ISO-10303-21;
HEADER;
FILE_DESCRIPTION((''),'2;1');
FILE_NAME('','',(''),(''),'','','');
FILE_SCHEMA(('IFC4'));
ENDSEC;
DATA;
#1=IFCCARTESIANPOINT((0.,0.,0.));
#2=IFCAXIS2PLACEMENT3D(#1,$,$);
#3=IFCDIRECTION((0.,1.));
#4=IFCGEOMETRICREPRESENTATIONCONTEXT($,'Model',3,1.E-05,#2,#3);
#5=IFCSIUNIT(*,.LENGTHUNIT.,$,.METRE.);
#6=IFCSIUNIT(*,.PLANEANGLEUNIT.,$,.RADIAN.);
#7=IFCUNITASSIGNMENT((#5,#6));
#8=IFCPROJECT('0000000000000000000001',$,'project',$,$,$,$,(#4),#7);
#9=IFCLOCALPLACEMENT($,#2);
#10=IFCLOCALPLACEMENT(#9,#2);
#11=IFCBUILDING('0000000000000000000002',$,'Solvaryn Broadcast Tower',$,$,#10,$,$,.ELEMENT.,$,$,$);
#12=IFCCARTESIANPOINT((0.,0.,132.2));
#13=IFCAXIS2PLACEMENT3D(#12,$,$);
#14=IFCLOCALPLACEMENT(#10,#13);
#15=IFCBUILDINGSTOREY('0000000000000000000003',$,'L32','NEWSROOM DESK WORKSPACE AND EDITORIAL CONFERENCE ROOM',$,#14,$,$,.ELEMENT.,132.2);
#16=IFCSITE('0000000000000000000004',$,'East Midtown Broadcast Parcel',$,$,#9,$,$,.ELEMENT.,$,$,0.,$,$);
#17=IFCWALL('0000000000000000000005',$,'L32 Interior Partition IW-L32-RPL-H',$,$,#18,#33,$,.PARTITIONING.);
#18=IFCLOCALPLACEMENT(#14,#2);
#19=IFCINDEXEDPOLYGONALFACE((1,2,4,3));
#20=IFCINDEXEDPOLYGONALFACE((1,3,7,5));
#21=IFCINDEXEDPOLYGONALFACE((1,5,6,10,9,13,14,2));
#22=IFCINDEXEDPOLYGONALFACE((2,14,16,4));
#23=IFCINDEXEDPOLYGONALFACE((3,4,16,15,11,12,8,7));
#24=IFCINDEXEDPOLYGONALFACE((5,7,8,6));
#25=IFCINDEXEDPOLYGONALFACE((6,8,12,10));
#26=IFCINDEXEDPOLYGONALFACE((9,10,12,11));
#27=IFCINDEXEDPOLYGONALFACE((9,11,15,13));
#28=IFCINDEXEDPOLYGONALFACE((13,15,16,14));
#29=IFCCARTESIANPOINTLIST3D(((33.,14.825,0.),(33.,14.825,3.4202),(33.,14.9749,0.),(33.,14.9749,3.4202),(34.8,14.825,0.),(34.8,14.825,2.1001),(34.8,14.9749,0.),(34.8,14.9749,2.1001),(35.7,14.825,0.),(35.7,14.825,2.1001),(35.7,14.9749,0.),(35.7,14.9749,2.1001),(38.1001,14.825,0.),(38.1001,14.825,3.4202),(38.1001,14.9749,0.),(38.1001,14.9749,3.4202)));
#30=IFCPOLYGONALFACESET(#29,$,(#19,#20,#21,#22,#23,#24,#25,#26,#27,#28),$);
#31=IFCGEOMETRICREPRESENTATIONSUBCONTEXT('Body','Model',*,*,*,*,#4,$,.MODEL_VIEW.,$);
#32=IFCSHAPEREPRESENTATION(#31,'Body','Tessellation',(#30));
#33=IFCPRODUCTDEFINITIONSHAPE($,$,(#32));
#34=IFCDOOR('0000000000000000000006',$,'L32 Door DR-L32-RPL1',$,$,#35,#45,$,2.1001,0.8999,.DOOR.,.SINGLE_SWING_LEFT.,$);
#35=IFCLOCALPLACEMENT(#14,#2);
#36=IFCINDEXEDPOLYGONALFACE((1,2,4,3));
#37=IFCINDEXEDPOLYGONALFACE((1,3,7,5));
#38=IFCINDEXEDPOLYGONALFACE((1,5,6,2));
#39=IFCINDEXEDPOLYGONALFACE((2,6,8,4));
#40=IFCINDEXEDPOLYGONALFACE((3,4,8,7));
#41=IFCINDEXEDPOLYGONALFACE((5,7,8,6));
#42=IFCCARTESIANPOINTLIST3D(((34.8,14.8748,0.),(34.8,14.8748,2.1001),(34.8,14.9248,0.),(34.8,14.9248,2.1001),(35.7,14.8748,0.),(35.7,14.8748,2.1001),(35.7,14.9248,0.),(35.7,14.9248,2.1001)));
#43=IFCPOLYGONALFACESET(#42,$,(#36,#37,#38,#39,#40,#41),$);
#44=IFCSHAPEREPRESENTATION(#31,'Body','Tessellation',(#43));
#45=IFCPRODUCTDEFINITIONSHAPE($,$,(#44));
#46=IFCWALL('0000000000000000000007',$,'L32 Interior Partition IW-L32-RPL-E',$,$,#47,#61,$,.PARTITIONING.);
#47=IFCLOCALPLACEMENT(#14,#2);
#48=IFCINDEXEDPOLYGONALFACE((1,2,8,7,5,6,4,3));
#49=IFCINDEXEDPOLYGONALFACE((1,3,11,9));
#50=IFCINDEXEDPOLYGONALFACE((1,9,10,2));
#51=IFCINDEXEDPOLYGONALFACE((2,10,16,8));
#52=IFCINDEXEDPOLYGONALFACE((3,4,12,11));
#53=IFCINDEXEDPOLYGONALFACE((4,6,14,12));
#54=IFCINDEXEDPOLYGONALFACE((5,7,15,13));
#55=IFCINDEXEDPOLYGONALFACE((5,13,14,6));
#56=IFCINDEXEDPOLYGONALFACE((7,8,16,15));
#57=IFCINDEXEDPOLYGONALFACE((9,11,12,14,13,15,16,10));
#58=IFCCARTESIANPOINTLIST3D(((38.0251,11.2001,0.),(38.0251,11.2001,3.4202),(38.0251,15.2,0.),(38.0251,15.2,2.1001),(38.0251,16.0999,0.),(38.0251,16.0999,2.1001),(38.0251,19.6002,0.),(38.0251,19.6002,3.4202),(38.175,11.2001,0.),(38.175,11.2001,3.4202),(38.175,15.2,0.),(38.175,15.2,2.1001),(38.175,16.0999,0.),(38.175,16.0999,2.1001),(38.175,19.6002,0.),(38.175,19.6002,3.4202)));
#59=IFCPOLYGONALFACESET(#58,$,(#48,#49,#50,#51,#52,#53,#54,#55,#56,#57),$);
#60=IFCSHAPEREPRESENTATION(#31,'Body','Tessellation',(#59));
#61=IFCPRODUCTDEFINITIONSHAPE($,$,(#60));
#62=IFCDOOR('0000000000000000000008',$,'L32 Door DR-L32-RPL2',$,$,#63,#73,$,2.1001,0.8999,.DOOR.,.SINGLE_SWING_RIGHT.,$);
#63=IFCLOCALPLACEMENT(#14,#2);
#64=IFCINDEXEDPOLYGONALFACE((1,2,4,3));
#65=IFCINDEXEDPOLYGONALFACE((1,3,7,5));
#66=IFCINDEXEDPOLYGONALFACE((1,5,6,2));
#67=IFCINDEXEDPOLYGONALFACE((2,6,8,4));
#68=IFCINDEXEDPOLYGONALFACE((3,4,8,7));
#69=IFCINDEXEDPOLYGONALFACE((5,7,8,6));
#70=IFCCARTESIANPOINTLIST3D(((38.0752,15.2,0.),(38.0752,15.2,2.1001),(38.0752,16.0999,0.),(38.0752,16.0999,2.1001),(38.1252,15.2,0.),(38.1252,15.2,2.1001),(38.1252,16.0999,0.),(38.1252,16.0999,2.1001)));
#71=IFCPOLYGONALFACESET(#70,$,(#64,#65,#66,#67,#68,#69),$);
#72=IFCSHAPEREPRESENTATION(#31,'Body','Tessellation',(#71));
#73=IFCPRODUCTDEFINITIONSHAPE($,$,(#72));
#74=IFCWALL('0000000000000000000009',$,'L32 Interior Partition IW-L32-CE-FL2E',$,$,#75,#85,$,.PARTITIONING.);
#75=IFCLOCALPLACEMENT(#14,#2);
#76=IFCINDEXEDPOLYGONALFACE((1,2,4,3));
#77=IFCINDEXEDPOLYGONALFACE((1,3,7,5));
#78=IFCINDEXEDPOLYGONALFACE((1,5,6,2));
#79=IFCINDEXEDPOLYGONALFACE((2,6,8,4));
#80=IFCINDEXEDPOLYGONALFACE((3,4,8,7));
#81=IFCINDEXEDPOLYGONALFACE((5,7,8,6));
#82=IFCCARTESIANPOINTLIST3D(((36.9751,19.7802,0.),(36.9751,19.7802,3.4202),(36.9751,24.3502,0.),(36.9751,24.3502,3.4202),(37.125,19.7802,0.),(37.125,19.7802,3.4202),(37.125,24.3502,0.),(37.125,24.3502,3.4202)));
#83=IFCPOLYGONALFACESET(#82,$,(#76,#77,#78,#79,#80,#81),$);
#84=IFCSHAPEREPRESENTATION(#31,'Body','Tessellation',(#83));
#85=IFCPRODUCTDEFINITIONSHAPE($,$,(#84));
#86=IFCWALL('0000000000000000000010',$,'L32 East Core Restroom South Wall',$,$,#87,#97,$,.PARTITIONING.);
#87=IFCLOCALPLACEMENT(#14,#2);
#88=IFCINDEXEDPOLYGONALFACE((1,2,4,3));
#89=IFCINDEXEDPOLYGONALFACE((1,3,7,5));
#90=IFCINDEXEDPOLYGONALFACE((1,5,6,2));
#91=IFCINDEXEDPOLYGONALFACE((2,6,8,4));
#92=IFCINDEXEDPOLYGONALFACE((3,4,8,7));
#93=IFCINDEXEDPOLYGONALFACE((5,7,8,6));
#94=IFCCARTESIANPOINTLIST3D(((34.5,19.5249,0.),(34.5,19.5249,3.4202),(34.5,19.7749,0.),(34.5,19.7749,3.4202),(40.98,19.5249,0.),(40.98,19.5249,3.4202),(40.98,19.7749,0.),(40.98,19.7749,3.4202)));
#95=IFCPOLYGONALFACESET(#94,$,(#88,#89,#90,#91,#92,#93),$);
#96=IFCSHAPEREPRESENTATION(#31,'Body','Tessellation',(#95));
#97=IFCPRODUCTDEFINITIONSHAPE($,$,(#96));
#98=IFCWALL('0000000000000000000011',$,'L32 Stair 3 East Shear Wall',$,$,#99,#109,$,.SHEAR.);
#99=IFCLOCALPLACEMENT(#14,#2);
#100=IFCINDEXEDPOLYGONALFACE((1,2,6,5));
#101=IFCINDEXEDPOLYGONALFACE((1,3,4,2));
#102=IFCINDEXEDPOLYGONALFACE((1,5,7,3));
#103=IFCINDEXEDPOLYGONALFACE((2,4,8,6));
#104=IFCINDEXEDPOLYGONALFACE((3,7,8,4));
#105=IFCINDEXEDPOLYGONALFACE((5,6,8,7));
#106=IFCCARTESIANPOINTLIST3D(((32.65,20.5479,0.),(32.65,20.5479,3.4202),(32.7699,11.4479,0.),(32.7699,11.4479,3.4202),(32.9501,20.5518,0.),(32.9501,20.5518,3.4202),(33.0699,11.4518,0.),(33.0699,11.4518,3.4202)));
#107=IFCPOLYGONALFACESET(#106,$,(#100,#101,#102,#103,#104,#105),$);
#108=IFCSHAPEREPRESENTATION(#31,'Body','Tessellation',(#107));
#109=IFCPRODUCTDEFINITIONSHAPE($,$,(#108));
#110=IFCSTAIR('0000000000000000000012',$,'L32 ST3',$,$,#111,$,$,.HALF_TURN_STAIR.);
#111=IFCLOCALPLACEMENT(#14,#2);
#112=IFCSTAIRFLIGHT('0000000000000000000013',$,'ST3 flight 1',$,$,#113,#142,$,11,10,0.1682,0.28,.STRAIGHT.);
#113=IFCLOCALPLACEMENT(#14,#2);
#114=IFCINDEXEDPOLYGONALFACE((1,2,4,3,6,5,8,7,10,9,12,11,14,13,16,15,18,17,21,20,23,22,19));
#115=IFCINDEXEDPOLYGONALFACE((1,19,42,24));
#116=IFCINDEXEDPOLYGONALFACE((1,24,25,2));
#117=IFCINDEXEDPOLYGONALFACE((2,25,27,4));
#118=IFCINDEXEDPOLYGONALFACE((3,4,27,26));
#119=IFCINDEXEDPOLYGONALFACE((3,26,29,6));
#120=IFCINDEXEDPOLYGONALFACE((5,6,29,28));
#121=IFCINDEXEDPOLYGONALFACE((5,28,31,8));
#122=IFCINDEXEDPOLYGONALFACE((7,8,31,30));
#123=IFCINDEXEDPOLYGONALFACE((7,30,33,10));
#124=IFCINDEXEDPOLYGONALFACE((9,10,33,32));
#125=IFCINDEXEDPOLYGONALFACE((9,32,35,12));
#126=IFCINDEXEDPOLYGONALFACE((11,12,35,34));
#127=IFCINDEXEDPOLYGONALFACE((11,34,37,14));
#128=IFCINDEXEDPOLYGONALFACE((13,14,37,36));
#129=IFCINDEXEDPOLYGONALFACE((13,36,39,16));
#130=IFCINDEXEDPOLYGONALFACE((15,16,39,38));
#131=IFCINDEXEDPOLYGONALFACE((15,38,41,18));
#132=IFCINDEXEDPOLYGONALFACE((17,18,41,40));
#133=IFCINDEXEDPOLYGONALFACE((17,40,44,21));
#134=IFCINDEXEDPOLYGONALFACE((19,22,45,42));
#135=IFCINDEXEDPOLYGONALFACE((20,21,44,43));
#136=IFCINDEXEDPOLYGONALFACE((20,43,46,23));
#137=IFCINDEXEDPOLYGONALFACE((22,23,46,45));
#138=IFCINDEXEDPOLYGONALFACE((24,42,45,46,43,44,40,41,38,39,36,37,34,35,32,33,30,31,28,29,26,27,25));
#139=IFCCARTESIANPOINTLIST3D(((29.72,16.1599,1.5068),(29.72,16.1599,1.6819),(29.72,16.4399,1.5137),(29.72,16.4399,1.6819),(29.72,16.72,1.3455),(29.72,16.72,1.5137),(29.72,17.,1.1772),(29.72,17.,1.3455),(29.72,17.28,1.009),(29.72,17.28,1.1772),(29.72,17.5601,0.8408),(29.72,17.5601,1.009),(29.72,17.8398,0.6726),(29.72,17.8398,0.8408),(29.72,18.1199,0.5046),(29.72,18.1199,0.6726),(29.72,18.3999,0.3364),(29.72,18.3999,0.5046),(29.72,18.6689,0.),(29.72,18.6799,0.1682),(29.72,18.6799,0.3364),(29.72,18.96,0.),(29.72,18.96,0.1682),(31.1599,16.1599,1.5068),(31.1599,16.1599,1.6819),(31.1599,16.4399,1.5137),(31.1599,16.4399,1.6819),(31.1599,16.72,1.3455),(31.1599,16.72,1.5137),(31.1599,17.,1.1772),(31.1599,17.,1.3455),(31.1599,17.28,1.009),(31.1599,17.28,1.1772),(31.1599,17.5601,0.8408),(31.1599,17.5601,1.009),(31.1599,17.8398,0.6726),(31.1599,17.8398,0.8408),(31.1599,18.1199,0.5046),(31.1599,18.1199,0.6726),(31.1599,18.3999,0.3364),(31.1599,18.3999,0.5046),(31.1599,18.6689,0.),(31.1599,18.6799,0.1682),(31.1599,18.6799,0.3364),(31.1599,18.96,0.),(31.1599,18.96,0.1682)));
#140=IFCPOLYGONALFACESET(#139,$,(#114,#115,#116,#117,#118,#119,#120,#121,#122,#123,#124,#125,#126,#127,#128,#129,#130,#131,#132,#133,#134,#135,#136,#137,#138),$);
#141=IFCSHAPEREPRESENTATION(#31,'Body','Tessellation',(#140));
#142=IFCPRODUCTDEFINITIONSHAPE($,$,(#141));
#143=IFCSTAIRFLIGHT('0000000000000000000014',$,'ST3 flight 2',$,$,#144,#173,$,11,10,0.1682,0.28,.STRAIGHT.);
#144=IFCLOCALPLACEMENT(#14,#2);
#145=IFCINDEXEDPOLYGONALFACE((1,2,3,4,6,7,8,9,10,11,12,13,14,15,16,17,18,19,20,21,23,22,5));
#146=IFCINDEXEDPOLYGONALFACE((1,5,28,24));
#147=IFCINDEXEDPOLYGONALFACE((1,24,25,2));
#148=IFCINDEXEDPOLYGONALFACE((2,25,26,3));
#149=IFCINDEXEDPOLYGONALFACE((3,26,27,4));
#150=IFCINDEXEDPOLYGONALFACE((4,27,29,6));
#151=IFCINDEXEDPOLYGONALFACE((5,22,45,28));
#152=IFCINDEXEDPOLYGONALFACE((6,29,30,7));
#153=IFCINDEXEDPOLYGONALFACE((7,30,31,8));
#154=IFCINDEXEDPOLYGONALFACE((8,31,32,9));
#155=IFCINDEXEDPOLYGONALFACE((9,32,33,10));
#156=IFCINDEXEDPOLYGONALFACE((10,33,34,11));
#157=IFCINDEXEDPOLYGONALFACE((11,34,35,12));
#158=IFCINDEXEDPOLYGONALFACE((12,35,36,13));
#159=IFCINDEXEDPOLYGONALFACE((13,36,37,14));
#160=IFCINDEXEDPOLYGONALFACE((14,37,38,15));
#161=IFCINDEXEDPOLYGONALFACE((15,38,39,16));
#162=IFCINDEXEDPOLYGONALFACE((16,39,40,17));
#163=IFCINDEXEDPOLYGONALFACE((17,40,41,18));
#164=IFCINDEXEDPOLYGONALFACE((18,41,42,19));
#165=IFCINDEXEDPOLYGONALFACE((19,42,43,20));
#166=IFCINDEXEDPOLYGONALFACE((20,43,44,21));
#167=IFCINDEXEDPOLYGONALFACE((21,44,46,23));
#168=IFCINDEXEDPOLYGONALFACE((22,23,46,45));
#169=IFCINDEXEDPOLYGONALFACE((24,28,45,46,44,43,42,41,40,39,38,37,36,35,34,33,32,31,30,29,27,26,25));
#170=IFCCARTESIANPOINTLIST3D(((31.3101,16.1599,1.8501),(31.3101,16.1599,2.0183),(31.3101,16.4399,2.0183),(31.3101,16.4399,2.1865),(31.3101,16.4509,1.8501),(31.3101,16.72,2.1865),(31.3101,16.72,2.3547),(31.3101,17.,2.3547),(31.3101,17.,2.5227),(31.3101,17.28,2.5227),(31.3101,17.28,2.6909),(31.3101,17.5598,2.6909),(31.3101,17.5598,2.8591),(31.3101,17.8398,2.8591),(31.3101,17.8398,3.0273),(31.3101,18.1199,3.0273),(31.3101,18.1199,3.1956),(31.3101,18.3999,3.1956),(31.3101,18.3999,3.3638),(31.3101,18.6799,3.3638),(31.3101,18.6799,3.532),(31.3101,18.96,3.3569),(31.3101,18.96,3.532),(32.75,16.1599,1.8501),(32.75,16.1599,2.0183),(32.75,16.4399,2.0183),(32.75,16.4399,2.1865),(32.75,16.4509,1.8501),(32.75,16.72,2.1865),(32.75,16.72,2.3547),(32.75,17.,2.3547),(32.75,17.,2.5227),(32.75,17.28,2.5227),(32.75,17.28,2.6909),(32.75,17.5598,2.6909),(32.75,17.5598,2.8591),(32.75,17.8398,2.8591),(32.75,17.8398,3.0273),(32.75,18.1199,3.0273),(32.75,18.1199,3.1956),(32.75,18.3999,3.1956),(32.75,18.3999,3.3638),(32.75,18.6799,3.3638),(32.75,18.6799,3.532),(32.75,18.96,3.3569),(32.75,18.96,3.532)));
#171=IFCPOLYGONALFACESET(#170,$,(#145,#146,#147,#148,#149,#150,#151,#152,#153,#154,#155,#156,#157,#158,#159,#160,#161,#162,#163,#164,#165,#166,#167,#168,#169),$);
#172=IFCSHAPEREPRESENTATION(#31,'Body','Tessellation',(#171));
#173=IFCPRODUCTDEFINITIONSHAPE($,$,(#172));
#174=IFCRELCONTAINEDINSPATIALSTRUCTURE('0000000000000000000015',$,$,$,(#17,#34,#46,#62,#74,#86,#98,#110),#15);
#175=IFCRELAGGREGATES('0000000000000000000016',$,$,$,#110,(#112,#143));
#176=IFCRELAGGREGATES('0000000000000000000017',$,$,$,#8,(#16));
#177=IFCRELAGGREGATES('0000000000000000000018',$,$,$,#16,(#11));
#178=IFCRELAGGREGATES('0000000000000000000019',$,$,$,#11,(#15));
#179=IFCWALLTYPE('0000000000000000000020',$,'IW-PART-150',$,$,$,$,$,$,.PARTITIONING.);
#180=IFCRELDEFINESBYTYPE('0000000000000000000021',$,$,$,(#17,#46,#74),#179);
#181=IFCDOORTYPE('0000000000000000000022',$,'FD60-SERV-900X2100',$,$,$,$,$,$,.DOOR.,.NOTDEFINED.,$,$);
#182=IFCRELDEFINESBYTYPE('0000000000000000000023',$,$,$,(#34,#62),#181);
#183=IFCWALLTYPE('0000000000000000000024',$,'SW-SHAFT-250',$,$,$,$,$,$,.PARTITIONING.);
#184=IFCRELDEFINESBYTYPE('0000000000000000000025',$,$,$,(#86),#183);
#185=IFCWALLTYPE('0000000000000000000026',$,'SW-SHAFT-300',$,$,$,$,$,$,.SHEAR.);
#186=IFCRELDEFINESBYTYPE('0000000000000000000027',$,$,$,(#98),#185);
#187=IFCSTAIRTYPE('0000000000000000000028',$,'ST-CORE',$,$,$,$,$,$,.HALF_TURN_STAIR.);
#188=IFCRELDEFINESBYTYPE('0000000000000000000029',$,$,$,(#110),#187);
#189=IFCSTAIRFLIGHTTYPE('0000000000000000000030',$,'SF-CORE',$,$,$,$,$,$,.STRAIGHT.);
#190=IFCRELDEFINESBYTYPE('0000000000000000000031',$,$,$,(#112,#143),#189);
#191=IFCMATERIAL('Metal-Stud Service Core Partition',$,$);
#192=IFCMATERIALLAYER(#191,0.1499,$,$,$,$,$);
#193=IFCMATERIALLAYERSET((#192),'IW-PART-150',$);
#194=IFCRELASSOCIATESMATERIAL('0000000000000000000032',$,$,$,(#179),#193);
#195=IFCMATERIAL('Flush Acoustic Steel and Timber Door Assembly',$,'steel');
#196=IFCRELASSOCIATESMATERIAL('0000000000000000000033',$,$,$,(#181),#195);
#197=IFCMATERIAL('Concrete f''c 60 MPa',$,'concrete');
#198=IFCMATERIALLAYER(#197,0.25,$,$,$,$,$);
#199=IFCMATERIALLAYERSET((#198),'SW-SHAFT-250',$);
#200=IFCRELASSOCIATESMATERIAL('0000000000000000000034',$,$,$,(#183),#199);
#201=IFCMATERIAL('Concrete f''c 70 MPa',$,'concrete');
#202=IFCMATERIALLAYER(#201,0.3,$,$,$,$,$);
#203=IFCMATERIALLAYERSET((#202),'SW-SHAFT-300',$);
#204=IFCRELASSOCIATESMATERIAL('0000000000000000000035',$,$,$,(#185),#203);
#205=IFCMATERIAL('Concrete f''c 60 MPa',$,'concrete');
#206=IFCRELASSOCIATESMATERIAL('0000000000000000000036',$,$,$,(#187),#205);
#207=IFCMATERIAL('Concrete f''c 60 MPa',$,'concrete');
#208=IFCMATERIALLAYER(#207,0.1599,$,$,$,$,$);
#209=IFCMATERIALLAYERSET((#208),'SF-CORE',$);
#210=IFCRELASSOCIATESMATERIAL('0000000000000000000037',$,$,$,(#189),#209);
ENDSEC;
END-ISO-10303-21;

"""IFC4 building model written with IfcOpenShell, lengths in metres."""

from ifc_helpers import new_model, si_unit, direction, frame, frame_2d, origin, place, context, subcontext, project, spatial, polyline, rectangle, outline, extrude, material, layer, layer_set, type_object, element, fill, aggregate, save


model = new_model("IFC4")

# Units and contexts
model_context = context("Model", 3, precision=1e-05, world=origin(), true_north=direction((0.0, 1.0)))
body_context = subcontext(model_context, "Body", "Model", "MODEL_VIEW")
ifc_project = project(units=[si_unit("LENGTHUNIT", "METRE"), si_unit("PLANEANGLEUNIT", "RADIAN")], contexts=[model_context])

# Site, building, storey
site_placement = place(None, origin())
site = spatial("IfcSite", under=ifc_project, at=site_placement, Name="East Midtown Broadcast Parcel", CompositionType="ELEMENT", RefElevation=0.0)
building_placement = place(site_placement, origin())
building = spatial("IfcBuilding", under=site, at=building_placement, Name="Solvaryn Broadcast Tower", CompositionType="ELEMENT")
storey_placement = place(building_placement, frame((0.0, 0.0, 132.2)))
storey = spatial("IfcBuildingStorey", under=building, at=storey_placement, Name="L32", Description="NEWSROOM DESK WORKSPACE AND EDITORIAL CONFERENCE ROOM", CompositionType="ELEMENT", Elevation=132.2)

# Walls, openings, doors
ifc_material_1 = material(Name="Metal-Stud Service Core Partition")
ifc_layer_1 = layer(ifc_material_1, 0.1499)
ifc_layer_set_1 = layer_set([ifc_layer_1], Name="IW-PART-150")
wall_type_1 = type_object("IfcWallType", Name="IW-PART-150", PredefinedType="PARTITIONING", material=ifc_layer_set_1)
wall_1_placement = place(storey_placement, frame((33.0, 14.8999, 0.0), z_axis=(0.0, 0.0, 1.0), x_axis=(1.0, 0.0, 0.0)))
wall_1 = element("IfcWall", 1, at=wall_1_placement, inside=storey, type_object=wall_type_1, Name="L32 Interior Partition IW-L32-RPL-H", PredefinedType="PARTITIONING", context=body_context, shape_type="SweptSolid", body=[
    extrude(rectangle(XDim=5.1001, YDim=0.1499, at=frame_2d((2.55, 0.0))), origin(), (0.0, 0.0, 1.0), 3.4202),
])
opening_1_placement = place(wall_1_placement, frame((1.8, 0.0, 0.0)))
opening_1 = element("IfcOpeningElement", 2, at=opening_1_placement, cuts=wall_1, PredefinedType="OPENING", context=body_context, shape_type="SweptSolid", body=[
    extrude(rectangle(XDim=0.8999, YDim=2.1001, at=frame_2d((0.45, 1.05))), frame((0.0, 0.085, 0.0), z_axis=(0.0, -1.0, 0.0), x_axis=(1.0, 0.0, 0.0)), (0.0, 0.0, 1.0), 0.1699),
])
ifc_material_2 = material(Name="Flush Acoustic Steel and Timber Door Assembly", Category="steel")
door_type_1 = type_object("IfcDoorType", Name="FD60-SERV-900X2100", OperationType="NOTDEFINED", PredefinedType="DOOR", material=ifc_material_2)
door_1_placement = place(opening_1_placement, origin())
door_1 = element("IfcDoor", 3, at=door_1_placement, inside=storey, type_object=door_type_1, Name="L32 Door DR-L32-RPL1", OperationType="SINGLE_SWING_LEFT", OverallHeight=2.1001, OverallWidth=0.8999, PredefinedType="DOOR", context=body_context, shape_type="SweptSolid", body=[
    extrude(rectangle(XDim=0.8999, YDim=2.1001, at=frame_2d((0.45, 1.05))), frame((0.0, 0.0249, 0.0), z_axis=(0.0, -1.0, 0.0), x_axis=(1.0, 0.0, 0.0)), (0.0, 0.0, 1.0), 0.05),
])
fill(opening_1, door_1)
wall_2_placement = place(storey_placement, frame((38.1001, 11.2, 0.0), z_axis=(0.0, 0.0, 1.0), x_axis=(0.0, 1.0, 0.0)))
wall_2 = element("IfcWall", 4, at=wall_2_placement, inside=storey, type_object=wall_type_1, Name="L32 Interior Partition IW-L32-RPL-E", PredefinedType="PARTITIONING", context=body_context, shape_type="SweptSolid", body=[
    extrude(rectangle(XDim=8.4001, YDim=0.1499, at=frame_2d((4.2002, 0.0))), origin(), (0.0, 0.0, 1.0), 3.4202),
])
opening_2_placement = place(wall_2_placement, frame((4.0, 0.0, 0.0)))
opening_2 = element("IfcOpeningElement", 5, at=opening_2_placement, cuts=wall_2, PredefinedType="OPENING", context=body_context, shape_type="SweptSolid", body=[
    extrude(rectangle(XDim=0.8999, YDim=2.1001, at=frame_2d((0.45, 1.05))), frame((0.0, 0.085, 0.0), z_axis=(0.0, -1.0, 0.0), x_axis=(1.0, 0.0, 0.0)), (0.0, 0.0, 1.0), 0.1699),
])
door_2_placement = place(opening_2_placement, origin())
door_2 = element("IfcDoor", 6, at=door_2_placement, inside=storey, type_object=door_type_1, Name="L32 Door DR-L32-RPL2", OperationType="SINGLE_SWING_RIGHT", OverallHeight=2.1001, OverallWidth=0.8999, PredefinedType="DOOR", context=body_context, shape_type="SweptSolid", body=[
    extrude(rectangle(XDim=0.8999, YDim=2.1001, at=frame_2d((0.45, 1.05))), frame((0.0, 0.0249, 0.0), z_axis=(0.0, -1.0, 0.0), x_axis=(1.0, 0.0, 0.0)), (0.0, 0.0, 1.0), 0.05),
])
fill(opening_2, door_2)

# Walls
wall_3_placement = place(storey_placement, frame((37.05, 19.78, 0.0), z_axis=(0.0, 0.0, 1.0), x_axis=(0.0, 1.0, 0.0)))
element("IfcWall", 7, at=wall_3_placement, inside=storey, type_object=wall_type_1, Name="L32 Interior Partition IW-L32-CE-FL2E", PredefinedType="PARTITIONING", context=body_context, shape_type="SweptSolid", body=[
    extrude(rectangle(XDim=4.5701, YDim=0.1499, at=frame_2d((2.2852, 0.0))), origin(), (0.0, 0.0, 1.0), 3.4202),
])
ifc_material_3 = material(Name="Concrete f'c 60 MPa", Category="concrete")
ifc_layer_2 = layer(ifc_material_3, 0.25)
ifc_layer_set_2 = layer_set([ifc_layer_2], Name="SW-SHAFT-250")
wall_type_2 = type_object("IfcWallType", Name="SW-SHAFT-250", PredefinedType="PARTITIONING", material=ifc_layer_set_2)
wall_4_placement = place(storey_placement, frame((34.5, 19.6499, 0.0), z_axis=(0.0, 0.0, 1.0), x_axis=(1.0, 0.0, 0.0)))
element("IfcWall", 8, at=wall_4_placement, inside=storey, type_object=wall_type_2, Name="L32 East Core Restroom South Wall", PredefinedType="PARTITIONING", context=body_context, shape_type="SweptSolid", body=[
    extrude(rectangle(XDim=6.48, YDim=0.25, at=frame_2d((3.24, 0.0))), origin(), (0.0, 0.0, 1.0), 3.4202),
])

# Wall
ifc_material_4 = material(Name="Concrete f'c 70 MPa", Category="concrete")
ifc_layer_3 = layer(ifc_material_4, 0.3)
ifc_layer_set_3 = layer_set([ifc_layer_3], Name="SW-SHAFT-300")
wall_type_3 = type_object("IfcWallType", Name="SW-SHAFT-300", PredefinedType="SHEAR", material=ifc_layer_set_3)
wall_5_placement = place(storey_placement, frame((32.9199, 11.45, 0.0), z_axis=(0.0, 0.0, 1.0), x_axis=(-0.013172, 0.999913, 0.0)))
element("IfcWall", 9, at=wall_5_placement, inside=storey, type_object=wall_type_3, Name="L32 Stair 3 East Shear Wall", PredefinedType="SHEAR", context=body_context, shape_type="SweptSolid", body=[
    extrude(rectangle(XDim=9.1008, YDim=0.3, at=frame_2d((4.5503, 0.0))), origin(), (0.0, 0.0, 1.0), 3.4202),
])

# Stair, stair flights
ifc_material_5 = material(Name="Concrete f'c 60 MPa", Category="concrete")
stair_type = type_object("IfcStairType", Name="ST-CORE", PredefinedType="HALF_TURN_STAIR", material=ifc_material_5)
stair_placement = place(storey_placement, origin())
stair = element("IfcStair", 10, at=stair_placement, inside=storey, type_object=stair_type, Name="L32 ST3", PredefinedType="HALF_TURN_STAIR")
ifc_material_6 = material(Name="Concrete f'c 60 MPa", Category="concrete")
ifc_layer_4 = layer(ifc_material_6, 0.1599)
ifc_layer_set_4 = layer_set([ifc_layer_4], Name="SF-CORE")
stair_flight_type = type_object("IfcStairFlightType", Name="SF-CORE", PredefinedType="STRAIGHT", material=ifc_layer_set_4)
stair_flight_1_placement = place(storey_placement, frame((30.4399, 18.96, 0.0), z_axis=(0.0, 0.0, 1.0), x_axis=(0.0, -1.0, 0.0)))
stair_flight_1 = element("IfcStairFlight", 11, at=stair_flight_1_placement, type_object=stair_flight_type, Name="ST3 flight 1", NumberOfRisers=11, NumberOfTreads=10, PredefinedType="STRAIGHT", RiserHeight=0.1682, TreadLength=0.28, context=body_context, shape_type="SweptSolid", body=[
    extrude(outline(polyline([(0.0, 0.0), (0.0, 0.1682), (0.28, 0.1682), (0.28, 0.3364), (0.5601, 0.3364), (0.5601, 0.5046), (0.8401, 0.5046), (0.8401, 0.6726), (1.1201, 0.6726), (1.1201, 0.8408), (1.3999, 0.8408), (1.3999, 1.009), (1.6799, 1.009), (1.6799, 1.1772), (1.96, 1.1772), (1.96, 1.3455), (2.24, 1.3455), (2.24, 1.5137), (2.52, 1.5137), (2.52, 1.6819), (2.8, 1.6819), (2.8, 1.8501), (2.8, 1.5068), (0.291, 0.0), (0.0, 0.0)])), frame((0.0, 0.72, 0.0), z_axis=(0.0, -1.0, 0.0), x_axis=(1.0, 0.0, 0.0)), (0.0, 0.0, 1.0), 1.4399),
])
stair_flight_2_placement = place(storey_placement, frame((32.03, 16.1599, 1.8501), z_axis=(0.0, 0.0, 1.0), x_axis=(0.0, 1.0, 0.0)))
stair_flight_2 = element("IfcStairFlight", 12, at=stair_flight_2_placement, type_object=stair_flight_type, Name="ST3 flight 2", NumberOfRisers=11, NumberOfTreads=10, PredefinedType="STRAIGHT", RiserHeight=0.1682, TreadLength=0.28, context=body_context, shape_type="SweptSolid", body=[
    extrude(outline(polyline([(0.0, 0.0), (0.0, 0.1682), (0.28, 0.1682), (0.28, 0.3364), (0.5601, 0.3364), (0.5601, 0.5046), (0.8401, 0.5046), (0.8401, 0.6726), (1.1201, 0.6726), (1.1201, 0.8408), (1.3999, 0.8408), (1.3999, 1.009), (1.6799, 1.009), (1.6799, 1.1772), (1.96, 1.1772), (1.96, 1.3455), (2.24, 1.3455), (2.24, 1.5137), (2.52, 1.5137), (2.52, 1.6819), (2.8, 1.6819), (2.8, 1.8501), (2.8, 1.5068), (0.291, 0.0), (0.0, 0.0)])), frame((0.0, 0.72, 0.0), z_axis=(0.0, -1.0, 0.0), x_axis=(1.0, 0.0, 0.0)), (0.0, 0.0, 1.0), 1.4399),
])
aggregate(stair, [stair_flight_1, stair_flight_2])

save(model, "model.ifc")
